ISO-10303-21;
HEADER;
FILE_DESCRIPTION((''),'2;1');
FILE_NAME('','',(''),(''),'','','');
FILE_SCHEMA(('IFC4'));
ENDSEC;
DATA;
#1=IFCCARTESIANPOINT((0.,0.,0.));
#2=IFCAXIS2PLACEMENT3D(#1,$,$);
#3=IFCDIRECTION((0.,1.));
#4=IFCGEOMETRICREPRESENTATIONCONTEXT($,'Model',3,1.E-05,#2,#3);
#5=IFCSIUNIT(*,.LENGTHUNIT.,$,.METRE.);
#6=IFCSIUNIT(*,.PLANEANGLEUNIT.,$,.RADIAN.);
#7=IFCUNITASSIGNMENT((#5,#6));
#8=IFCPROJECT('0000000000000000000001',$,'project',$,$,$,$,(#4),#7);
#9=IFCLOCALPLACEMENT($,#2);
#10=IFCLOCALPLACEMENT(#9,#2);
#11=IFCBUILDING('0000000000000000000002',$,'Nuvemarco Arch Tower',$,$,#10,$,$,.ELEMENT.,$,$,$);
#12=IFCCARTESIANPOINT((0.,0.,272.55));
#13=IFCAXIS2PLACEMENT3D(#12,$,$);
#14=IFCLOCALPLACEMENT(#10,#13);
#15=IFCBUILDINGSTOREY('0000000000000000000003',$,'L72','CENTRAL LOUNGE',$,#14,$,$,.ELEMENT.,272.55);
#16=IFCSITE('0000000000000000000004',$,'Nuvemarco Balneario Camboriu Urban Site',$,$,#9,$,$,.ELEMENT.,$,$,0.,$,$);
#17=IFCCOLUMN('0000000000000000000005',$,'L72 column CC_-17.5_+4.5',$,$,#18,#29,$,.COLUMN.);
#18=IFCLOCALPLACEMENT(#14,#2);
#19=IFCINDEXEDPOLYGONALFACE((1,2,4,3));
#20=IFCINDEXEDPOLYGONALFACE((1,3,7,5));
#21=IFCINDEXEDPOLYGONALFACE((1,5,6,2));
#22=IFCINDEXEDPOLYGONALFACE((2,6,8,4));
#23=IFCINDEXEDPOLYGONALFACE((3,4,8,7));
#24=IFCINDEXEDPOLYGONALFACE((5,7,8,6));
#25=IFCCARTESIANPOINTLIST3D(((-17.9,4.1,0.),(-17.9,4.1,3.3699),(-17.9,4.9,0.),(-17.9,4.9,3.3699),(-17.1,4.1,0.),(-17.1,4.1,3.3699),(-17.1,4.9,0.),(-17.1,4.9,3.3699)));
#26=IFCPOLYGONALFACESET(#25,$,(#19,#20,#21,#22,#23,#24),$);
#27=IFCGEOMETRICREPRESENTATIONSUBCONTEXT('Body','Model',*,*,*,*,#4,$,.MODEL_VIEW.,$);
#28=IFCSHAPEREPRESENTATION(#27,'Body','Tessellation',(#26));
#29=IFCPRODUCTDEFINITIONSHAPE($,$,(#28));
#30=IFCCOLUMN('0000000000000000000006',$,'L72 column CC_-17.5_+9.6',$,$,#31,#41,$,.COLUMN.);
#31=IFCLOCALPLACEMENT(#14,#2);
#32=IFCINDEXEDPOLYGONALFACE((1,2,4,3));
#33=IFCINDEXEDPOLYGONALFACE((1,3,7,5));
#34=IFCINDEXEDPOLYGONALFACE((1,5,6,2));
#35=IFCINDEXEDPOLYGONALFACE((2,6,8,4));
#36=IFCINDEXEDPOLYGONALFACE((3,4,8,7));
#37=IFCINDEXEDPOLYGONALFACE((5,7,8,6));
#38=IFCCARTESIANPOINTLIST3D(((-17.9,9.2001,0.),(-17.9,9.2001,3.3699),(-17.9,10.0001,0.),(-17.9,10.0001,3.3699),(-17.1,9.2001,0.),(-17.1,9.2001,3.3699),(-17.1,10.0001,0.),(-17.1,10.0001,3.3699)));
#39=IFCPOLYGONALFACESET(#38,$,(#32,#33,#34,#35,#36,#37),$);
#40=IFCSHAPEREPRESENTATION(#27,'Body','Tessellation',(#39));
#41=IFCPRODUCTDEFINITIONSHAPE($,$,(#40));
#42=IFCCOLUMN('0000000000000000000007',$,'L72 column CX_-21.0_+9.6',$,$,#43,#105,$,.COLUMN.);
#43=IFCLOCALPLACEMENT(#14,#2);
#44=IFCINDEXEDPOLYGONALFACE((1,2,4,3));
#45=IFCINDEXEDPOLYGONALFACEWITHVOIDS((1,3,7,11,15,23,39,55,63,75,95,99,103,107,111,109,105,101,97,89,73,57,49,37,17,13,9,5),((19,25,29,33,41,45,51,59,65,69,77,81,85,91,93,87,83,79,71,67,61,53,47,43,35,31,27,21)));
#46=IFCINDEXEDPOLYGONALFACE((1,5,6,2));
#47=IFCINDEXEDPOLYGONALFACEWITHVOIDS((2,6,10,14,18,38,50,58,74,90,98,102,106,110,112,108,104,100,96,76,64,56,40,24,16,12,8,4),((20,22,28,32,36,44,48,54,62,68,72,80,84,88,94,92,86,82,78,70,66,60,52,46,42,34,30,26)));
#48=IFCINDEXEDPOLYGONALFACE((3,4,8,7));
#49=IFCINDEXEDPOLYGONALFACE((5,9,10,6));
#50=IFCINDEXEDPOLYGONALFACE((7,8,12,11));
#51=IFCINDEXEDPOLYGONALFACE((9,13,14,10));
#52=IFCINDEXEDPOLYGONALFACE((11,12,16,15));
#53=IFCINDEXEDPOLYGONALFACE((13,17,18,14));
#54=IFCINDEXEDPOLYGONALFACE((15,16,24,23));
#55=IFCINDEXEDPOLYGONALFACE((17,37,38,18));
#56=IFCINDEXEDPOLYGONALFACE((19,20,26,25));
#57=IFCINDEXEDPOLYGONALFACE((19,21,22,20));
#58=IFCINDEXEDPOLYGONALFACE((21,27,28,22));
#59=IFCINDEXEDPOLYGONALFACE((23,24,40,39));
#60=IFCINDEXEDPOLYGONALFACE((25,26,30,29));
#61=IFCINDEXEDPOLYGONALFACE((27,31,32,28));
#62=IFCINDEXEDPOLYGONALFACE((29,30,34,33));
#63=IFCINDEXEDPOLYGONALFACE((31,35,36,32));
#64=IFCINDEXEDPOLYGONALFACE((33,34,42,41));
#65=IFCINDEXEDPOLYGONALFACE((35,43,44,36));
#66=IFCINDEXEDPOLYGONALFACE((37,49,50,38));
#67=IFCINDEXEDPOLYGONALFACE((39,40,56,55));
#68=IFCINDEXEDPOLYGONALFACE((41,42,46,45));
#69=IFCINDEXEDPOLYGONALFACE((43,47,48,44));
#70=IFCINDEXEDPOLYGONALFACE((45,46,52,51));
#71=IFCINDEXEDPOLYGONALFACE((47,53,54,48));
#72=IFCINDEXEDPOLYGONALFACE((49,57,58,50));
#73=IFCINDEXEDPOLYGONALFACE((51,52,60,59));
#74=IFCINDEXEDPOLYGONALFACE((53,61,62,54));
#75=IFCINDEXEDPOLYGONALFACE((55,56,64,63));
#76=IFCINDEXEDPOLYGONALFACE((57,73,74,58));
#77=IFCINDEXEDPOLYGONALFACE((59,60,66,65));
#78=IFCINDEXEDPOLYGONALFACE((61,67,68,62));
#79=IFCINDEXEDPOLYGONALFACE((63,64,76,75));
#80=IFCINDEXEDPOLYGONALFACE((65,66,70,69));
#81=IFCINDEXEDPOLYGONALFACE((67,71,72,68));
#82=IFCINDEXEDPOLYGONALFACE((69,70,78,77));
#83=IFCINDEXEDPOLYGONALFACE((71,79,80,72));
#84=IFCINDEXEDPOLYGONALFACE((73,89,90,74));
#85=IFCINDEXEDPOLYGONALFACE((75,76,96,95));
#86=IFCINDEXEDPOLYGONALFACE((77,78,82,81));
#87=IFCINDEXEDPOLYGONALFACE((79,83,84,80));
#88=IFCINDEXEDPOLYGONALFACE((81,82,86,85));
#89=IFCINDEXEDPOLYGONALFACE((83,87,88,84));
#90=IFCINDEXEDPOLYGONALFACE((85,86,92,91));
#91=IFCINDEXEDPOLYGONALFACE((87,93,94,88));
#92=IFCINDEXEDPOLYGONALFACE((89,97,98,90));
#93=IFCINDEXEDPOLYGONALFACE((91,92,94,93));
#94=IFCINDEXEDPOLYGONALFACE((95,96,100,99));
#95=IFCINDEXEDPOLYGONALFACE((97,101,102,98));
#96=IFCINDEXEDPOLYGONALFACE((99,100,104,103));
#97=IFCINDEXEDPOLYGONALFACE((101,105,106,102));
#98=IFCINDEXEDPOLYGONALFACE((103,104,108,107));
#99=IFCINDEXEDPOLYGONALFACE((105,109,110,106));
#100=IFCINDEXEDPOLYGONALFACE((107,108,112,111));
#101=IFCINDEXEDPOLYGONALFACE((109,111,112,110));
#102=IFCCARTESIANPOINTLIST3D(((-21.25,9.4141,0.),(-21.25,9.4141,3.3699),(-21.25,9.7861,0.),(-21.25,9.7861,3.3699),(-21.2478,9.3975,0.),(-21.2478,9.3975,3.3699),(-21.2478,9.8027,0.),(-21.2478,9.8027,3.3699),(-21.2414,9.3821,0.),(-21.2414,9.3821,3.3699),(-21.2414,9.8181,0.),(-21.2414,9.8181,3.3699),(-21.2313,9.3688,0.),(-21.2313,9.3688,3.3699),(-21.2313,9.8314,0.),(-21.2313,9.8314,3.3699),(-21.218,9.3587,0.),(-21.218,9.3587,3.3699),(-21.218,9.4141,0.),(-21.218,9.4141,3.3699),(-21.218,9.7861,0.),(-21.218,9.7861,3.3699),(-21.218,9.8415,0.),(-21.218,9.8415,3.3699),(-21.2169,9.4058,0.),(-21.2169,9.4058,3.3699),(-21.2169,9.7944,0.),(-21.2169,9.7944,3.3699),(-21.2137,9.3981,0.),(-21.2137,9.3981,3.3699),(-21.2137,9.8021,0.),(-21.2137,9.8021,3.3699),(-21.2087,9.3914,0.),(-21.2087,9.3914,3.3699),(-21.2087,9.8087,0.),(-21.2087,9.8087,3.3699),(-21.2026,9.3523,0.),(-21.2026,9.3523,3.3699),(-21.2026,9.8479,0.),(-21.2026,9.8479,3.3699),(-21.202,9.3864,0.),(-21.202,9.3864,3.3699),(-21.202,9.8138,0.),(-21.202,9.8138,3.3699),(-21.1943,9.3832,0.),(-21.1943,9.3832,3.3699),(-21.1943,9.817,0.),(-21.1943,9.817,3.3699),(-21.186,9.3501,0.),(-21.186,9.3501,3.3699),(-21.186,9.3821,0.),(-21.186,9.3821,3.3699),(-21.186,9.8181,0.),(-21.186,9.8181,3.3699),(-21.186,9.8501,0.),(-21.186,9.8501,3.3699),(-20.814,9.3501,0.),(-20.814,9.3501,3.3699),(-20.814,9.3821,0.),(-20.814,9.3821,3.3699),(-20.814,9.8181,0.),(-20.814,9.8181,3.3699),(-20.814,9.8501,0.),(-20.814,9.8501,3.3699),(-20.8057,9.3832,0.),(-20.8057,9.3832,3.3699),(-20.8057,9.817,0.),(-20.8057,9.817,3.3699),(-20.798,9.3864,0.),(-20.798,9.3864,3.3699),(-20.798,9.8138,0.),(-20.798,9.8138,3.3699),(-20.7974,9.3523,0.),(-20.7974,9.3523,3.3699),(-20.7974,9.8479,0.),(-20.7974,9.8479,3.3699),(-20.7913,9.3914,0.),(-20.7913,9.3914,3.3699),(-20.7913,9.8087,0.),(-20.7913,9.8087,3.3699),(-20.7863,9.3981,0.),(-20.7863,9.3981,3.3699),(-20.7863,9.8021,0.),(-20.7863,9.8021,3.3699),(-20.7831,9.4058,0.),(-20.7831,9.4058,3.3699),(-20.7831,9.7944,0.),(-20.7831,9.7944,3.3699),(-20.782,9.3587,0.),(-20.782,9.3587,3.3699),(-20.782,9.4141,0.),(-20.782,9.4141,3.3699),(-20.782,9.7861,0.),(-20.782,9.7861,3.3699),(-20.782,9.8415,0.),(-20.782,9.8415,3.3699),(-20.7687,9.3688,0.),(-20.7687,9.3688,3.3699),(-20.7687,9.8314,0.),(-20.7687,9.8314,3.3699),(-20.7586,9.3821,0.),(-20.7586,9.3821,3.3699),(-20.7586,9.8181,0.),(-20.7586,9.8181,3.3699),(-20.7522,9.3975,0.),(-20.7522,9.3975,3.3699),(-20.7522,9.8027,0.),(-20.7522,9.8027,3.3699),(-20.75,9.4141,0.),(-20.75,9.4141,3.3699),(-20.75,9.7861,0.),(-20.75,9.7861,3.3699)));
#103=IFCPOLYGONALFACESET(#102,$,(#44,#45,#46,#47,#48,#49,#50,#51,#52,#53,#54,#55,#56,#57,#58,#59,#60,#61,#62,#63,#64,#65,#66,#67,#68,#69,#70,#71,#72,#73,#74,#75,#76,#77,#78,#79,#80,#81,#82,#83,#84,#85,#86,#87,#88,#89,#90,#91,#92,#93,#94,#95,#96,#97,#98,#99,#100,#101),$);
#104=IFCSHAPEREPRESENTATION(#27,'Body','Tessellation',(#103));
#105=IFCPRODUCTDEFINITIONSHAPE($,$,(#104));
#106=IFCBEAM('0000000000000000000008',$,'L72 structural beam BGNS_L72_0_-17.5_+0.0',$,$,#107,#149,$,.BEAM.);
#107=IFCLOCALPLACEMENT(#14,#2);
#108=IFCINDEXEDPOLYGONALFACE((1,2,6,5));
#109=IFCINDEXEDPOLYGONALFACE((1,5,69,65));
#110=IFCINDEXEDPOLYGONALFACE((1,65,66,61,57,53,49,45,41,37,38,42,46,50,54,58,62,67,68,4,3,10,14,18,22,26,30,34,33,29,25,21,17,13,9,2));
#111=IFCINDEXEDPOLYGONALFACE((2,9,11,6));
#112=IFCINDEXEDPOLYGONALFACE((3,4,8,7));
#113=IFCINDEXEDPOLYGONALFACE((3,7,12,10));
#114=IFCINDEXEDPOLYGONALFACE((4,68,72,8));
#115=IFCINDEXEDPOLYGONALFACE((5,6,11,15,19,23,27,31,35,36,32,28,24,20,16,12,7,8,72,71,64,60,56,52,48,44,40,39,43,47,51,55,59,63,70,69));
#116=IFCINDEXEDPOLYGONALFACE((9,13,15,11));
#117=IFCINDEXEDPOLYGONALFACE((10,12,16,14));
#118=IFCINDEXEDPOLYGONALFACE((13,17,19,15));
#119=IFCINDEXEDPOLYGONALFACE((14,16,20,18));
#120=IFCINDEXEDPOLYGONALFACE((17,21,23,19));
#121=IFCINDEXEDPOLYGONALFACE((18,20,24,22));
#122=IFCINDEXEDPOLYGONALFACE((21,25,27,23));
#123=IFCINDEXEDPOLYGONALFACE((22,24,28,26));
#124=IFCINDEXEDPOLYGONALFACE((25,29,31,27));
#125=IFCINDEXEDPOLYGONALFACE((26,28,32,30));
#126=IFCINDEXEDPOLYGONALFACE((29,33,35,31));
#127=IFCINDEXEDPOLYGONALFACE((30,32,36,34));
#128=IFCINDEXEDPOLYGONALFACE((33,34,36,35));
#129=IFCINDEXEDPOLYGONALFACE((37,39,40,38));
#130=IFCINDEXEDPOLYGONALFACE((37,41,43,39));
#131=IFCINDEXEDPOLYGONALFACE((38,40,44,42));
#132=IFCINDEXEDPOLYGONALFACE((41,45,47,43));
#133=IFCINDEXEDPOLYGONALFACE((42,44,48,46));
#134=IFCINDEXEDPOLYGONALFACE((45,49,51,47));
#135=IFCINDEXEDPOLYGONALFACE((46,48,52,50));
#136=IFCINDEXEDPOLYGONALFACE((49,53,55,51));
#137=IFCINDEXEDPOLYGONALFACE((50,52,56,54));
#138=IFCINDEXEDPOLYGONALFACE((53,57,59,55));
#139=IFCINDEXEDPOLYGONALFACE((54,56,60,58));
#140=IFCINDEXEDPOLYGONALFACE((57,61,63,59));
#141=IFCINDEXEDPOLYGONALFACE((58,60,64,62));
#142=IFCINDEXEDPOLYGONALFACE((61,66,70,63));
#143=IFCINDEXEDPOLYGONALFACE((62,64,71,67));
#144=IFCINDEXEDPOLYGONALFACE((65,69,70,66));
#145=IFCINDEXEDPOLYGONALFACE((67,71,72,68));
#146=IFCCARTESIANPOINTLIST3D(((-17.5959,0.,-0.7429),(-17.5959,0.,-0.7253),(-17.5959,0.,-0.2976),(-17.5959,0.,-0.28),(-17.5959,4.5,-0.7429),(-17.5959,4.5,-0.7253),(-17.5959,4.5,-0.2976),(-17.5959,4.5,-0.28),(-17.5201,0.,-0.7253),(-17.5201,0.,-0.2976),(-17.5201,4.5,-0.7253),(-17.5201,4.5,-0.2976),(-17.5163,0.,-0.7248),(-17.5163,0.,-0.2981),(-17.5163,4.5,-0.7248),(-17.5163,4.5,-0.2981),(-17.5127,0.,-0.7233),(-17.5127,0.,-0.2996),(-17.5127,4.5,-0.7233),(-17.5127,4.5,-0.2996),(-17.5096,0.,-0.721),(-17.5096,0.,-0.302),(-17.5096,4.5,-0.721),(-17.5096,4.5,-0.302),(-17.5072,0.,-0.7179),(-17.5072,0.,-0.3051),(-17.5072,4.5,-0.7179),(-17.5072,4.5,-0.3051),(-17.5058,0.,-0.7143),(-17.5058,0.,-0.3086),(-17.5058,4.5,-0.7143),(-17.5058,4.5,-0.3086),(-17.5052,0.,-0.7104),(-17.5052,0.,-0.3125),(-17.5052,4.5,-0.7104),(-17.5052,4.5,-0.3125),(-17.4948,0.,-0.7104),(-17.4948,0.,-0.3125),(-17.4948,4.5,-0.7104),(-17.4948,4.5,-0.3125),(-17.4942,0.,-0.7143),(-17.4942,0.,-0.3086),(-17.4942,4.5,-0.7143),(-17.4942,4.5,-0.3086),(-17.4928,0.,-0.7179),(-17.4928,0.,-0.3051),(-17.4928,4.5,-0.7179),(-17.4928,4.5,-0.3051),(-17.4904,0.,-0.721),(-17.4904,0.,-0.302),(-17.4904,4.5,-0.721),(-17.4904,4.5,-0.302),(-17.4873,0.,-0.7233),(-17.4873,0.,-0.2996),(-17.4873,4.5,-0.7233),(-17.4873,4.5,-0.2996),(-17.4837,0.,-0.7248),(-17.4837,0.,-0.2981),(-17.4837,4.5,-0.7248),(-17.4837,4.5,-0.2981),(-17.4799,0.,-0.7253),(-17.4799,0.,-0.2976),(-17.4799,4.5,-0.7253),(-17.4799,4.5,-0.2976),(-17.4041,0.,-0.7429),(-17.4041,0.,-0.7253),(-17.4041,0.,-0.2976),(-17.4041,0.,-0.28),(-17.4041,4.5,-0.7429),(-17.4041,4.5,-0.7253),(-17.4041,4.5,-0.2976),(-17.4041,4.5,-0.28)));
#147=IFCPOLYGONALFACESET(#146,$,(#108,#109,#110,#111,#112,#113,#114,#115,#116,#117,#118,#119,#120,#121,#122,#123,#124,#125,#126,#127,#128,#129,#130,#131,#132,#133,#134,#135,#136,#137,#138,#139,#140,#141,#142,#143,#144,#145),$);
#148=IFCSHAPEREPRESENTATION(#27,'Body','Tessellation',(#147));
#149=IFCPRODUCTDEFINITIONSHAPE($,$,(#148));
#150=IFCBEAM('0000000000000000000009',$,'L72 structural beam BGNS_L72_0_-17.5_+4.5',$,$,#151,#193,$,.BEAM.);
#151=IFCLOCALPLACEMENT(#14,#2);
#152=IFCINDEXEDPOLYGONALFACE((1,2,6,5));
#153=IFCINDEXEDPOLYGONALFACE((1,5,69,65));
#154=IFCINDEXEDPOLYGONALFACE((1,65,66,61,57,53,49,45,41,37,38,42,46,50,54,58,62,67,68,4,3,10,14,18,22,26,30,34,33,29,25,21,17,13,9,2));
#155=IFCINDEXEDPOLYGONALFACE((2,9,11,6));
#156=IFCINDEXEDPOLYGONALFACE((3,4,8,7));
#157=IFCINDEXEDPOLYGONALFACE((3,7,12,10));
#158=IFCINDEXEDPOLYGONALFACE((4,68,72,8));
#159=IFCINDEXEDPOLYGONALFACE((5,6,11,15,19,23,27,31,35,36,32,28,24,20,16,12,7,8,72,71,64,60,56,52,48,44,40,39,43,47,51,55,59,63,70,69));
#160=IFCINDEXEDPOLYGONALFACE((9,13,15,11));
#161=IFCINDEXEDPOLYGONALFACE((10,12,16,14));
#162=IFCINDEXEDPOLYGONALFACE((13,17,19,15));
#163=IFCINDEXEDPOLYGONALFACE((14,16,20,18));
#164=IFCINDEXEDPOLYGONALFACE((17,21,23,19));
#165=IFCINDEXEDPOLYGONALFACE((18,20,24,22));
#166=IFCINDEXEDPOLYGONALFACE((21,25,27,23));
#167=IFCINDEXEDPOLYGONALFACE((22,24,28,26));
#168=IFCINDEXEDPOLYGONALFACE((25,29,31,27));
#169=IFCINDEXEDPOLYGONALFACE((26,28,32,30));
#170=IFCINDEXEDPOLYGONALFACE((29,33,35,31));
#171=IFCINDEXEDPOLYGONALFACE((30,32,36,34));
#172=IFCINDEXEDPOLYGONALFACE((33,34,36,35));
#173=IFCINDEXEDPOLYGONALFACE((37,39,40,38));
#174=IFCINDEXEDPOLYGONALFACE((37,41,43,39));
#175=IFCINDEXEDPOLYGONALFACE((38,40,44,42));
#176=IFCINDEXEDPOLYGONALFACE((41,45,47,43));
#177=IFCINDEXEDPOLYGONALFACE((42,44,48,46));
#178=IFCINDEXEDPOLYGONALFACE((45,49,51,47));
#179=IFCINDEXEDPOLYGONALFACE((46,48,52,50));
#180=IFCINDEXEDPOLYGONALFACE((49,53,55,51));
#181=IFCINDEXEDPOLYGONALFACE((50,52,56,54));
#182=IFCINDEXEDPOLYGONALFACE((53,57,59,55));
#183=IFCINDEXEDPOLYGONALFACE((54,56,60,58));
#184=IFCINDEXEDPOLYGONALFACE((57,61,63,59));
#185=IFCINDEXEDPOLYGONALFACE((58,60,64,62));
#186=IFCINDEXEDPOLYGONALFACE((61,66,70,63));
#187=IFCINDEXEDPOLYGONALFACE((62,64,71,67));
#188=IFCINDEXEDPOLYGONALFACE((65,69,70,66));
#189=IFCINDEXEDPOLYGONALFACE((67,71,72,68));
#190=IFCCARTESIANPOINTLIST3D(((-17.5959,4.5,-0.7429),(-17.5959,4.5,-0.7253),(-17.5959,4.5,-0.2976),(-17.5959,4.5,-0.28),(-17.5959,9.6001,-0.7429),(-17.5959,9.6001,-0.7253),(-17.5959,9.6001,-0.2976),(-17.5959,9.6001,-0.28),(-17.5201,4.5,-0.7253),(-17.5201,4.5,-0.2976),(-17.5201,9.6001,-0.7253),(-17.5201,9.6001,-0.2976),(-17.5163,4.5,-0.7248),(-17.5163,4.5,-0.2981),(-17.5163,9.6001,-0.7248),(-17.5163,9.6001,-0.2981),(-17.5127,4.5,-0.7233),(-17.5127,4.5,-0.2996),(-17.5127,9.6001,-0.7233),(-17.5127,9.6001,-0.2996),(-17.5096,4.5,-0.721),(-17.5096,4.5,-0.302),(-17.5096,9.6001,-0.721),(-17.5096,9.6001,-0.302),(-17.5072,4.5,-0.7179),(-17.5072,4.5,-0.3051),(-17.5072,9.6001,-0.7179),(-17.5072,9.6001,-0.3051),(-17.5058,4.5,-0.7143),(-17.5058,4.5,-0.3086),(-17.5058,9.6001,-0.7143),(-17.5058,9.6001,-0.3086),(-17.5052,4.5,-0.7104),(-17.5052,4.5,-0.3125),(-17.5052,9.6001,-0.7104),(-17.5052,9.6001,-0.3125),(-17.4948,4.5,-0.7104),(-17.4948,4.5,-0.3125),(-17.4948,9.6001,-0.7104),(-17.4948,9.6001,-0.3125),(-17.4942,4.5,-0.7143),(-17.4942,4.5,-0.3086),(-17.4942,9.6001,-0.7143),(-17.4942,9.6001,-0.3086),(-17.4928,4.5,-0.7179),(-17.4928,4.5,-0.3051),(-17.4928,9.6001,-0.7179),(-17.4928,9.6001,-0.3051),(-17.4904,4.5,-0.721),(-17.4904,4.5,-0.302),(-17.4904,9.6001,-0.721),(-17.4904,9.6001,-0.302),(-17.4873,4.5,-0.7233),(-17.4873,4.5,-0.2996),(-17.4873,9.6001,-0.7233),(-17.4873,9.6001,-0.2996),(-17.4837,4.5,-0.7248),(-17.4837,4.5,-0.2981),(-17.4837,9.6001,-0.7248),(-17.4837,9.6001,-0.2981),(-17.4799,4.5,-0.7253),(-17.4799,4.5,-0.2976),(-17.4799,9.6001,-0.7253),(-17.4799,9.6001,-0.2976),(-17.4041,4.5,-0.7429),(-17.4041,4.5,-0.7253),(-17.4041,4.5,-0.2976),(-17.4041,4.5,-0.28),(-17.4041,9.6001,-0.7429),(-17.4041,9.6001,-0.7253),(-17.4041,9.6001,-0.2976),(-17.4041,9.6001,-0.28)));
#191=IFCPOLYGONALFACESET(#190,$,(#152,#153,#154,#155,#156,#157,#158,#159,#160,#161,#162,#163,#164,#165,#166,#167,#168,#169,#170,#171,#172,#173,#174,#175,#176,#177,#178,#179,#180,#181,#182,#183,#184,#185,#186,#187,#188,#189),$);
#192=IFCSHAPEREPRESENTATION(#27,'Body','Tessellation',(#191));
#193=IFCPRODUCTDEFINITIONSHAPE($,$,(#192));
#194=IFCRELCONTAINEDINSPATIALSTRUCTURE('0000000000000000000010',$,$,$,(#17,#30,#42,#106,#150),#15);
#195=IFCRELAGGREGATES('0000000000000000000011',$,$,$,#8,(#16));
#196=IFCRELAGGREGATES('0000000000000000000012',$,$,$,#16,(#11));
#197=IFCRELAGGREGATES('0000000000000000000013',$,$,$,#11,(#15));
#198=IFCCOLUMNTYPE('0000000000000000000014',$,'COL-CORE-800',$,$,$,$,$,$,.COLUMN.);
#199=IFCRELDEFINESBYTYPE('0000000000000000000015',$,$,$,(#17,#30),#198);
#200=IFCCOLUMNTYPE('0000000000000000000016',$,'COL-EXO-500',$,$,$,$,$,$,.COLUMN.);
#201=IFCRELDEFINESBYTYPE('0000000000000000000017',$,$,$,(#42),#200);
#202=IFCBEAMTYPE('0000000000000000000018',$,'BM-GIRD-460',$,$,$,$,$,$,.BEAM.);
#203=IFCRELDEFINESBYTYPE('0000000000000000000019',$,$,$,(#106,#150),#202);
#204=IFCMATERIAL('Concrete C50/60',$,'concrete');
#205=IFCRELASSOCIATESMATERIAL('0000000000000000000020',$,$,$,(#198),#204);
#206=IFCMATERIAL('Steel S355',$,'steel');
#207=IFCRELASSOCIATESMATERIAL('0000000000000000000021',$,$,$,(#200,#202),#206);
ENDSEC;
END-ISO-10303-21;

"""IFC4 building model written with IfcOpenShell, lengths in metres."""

from ifc_helpers import new_model, si_unit, direction, frame, origin, origin_2d, place, context, subcontext, project, spatial, rectangle, hollow_rectangle, i_section, extrude, material, material_profile, profile_set, type_object, element, save


model = new_model("IFC4")

# Units and contexts
model_context = context("Model", 3, precision=1e-05, world=origin(), true_north=direction((0.0, 1.0)))
body_context = subcontext(model_context, "Body", "Model", "MODEL_VIEW")
ifc_project = project(units=[si_unit("LENGTHUNIT", "METRE"), si_unit("PLANEANGLEUNIT", "RADIAN")], contexts=[model_context])

# Site, building, storey
site_placement = place(None, origin())
site = spatial("IfcSite", under=ifc_project, at=site_placement, Name="Nuvemarco Balneario Camboriu Urban Site", CompositionType="ELEMENT", RefElevation=0.0)
building_placement = place(site_placement, origin())
building = spatial("IfcBuilding", under=site, at=building_placement, Name="Nuvemarco Arch Tower", CompositionType="ELEMENT")
storey_placement = place(building_placement, frame((0.0, 0.0, 272.55)))
storey = spatial("IfcBuildingStorey", under=building, at=storey_placement, Name="L72", Description="CENTRAL LOUNGE", CompositionType="ELEMENT", Elevation=272.55)

# Columns
ifc_material_1 = material(Name="Concrete C50/60", Category="concrete")
ifc_material_profile_1 = material_profile(ifc_material_1, rectangle(XDim=0.8, YDim=0.8, at=origin_2d()), Name="RC-COL-800x800")
ifc_profile_set_1 = profile_set([ifc_material_profile_1], Name="Concrete C50/60")
column_type_1 = type_object("IfcColumnType", Name="COL-CORE-800", PredefinedType="COLUMN", material=ifc_profile_set_1)
for number, where, z_axis, x_axis, name in (
    (1, (-17.5, 4.5, 0.0), (0.0, 0.0, 1.0), (1.0, 0.0, 0.0), "L72 column CC_-17.5_+4.5"),
    (2, (-17.5, 9.6001, 0.0), (0.0, 0.0, 1.0), (1.0, 0.0, 0.0), "L72 column CC_-17.5_+9.6"),
):
    element("IfcColumn", number, at=place(storey_placement, frame(where, z_axis=z_axis, x_axis=x_axis)), inside=storey, type_object=column_type_1, Name=name, PredefinedType="COLUMN", context=body_context, shape_type="SweptSolid", body=[
        extrude(rectangle(XDim=0.8, YDim=0.8, at=origin_2d()), origin(), (0.0, 0.0, 1.0), 3.3699),
    ])
ifc_material_2 = material(Name="Steel S355", Category="steel")
ifc_material_profile_2 = material_profile(ifc_material_2, hollow_rectangle(XDim=0.5, YDim=0.5, WallThickness=0.032, InnerFilletRadius=0.032, OuterFilletRadius=0.064, at=origin_2d()), Name="SHS500x500x32")
ifc_profile_set_2 = profile_set([ifc_material_profile_2], Name="Steel S355")
column_type_2 = type_object("IfcColumnType", Name="COL-EXO-500", PredefinedType="COLUMN", material=ifc_profile_set_2)
column_placement = place(storey_placement, frame((-21.0, 9.6001, 0.0), z_axis=(0.0, 0.0, 1.0), x_axis=(1.0, 0.0, 0.0)))
element("IfcColumn", 3, at=column_placement, inside=storey, type_object=column_type_2, Name="L72 column CX_-21.0_+9.6", PredefinedType="COLUMN", context=body_context, shape_type="SweptSolid", body=[
    extrude(hollow_rectangle(XDim=0.5, YDim=0.5, WallThickness=0.032, InnerFilletRadius=0.032, OuterFilletRadius=0.064, at=origin_2d()), origin(), (0.0, 0.0, 1.0), 3.3699),
])

# Beams
ifc_material_profile_3 = material_profile(ifc_material_2, i_section(OverallWidth=0.1919, OverallDepth=0.4629, WebThickness=0.0105, FlangeThickness=0.0176, FilletRadius=0.0149, at=origin_2d()), Name="W460x89")
ifc_profile_set_3 = profile_set([ifc_material_profile_3], Name="Steel S355")
beam_type_1 = type_object("IfcBeamType", Name="BM-GIRD-460", PredefinedType="BEAM", material=ifc_profile_set_3)
beam_1_placement = place(storey_placement, frame((-17.5, 0.0, -0.5115), z_axis=(0.0, 1.0, 0.0), x_axis=(-1.0, 0.0, 0.0)))
element("IfcBeam", 4, at=beam_1_placement, inside=storey, type_object=beam_type_1, Name="L72 structural beam BGNS_L72_0_-17.5_+0.0", PredefinedType="BEAM", context=body_context, shape_type="SweptSolid", body=[
    extrude(i_section(OverallWidth=0.1919, OverallDepth=0.4629, WebThickness=0.0105, FlangeThickness=0.0176, FilletRadius=0.0149, at=origin_2d()), origin(), (0.0, 0.0, 1.0), 4.5),
])
beam_2_placement = place(storey_placement, frame((-17.5, 4.5, -0.5115), z_axis=(0.0, 1.0, 0.0), x_axis=(-1.0, 0.0, 0.0)))
element("IfcBeam", 5, at=beam_2_placement, inside=storey, type_object=beam_type_1, Name="L72 structural beam BGNS_L72_0_-17.5_+4.5", PredefinedType="BEAM", context=body_context, shape_type="SweptSolid", body=[
    extrude(i_section(OverallWidth=0.1919, OverallDepth=0.4629, WebThickness=0.0105, FlangeThickness=0.0176, FilletRadius=0.0149, at=origin_2d()), origin(), (0.0, 0.0, 1.0), 5.1001),
])

save(model, "model.ifc")
